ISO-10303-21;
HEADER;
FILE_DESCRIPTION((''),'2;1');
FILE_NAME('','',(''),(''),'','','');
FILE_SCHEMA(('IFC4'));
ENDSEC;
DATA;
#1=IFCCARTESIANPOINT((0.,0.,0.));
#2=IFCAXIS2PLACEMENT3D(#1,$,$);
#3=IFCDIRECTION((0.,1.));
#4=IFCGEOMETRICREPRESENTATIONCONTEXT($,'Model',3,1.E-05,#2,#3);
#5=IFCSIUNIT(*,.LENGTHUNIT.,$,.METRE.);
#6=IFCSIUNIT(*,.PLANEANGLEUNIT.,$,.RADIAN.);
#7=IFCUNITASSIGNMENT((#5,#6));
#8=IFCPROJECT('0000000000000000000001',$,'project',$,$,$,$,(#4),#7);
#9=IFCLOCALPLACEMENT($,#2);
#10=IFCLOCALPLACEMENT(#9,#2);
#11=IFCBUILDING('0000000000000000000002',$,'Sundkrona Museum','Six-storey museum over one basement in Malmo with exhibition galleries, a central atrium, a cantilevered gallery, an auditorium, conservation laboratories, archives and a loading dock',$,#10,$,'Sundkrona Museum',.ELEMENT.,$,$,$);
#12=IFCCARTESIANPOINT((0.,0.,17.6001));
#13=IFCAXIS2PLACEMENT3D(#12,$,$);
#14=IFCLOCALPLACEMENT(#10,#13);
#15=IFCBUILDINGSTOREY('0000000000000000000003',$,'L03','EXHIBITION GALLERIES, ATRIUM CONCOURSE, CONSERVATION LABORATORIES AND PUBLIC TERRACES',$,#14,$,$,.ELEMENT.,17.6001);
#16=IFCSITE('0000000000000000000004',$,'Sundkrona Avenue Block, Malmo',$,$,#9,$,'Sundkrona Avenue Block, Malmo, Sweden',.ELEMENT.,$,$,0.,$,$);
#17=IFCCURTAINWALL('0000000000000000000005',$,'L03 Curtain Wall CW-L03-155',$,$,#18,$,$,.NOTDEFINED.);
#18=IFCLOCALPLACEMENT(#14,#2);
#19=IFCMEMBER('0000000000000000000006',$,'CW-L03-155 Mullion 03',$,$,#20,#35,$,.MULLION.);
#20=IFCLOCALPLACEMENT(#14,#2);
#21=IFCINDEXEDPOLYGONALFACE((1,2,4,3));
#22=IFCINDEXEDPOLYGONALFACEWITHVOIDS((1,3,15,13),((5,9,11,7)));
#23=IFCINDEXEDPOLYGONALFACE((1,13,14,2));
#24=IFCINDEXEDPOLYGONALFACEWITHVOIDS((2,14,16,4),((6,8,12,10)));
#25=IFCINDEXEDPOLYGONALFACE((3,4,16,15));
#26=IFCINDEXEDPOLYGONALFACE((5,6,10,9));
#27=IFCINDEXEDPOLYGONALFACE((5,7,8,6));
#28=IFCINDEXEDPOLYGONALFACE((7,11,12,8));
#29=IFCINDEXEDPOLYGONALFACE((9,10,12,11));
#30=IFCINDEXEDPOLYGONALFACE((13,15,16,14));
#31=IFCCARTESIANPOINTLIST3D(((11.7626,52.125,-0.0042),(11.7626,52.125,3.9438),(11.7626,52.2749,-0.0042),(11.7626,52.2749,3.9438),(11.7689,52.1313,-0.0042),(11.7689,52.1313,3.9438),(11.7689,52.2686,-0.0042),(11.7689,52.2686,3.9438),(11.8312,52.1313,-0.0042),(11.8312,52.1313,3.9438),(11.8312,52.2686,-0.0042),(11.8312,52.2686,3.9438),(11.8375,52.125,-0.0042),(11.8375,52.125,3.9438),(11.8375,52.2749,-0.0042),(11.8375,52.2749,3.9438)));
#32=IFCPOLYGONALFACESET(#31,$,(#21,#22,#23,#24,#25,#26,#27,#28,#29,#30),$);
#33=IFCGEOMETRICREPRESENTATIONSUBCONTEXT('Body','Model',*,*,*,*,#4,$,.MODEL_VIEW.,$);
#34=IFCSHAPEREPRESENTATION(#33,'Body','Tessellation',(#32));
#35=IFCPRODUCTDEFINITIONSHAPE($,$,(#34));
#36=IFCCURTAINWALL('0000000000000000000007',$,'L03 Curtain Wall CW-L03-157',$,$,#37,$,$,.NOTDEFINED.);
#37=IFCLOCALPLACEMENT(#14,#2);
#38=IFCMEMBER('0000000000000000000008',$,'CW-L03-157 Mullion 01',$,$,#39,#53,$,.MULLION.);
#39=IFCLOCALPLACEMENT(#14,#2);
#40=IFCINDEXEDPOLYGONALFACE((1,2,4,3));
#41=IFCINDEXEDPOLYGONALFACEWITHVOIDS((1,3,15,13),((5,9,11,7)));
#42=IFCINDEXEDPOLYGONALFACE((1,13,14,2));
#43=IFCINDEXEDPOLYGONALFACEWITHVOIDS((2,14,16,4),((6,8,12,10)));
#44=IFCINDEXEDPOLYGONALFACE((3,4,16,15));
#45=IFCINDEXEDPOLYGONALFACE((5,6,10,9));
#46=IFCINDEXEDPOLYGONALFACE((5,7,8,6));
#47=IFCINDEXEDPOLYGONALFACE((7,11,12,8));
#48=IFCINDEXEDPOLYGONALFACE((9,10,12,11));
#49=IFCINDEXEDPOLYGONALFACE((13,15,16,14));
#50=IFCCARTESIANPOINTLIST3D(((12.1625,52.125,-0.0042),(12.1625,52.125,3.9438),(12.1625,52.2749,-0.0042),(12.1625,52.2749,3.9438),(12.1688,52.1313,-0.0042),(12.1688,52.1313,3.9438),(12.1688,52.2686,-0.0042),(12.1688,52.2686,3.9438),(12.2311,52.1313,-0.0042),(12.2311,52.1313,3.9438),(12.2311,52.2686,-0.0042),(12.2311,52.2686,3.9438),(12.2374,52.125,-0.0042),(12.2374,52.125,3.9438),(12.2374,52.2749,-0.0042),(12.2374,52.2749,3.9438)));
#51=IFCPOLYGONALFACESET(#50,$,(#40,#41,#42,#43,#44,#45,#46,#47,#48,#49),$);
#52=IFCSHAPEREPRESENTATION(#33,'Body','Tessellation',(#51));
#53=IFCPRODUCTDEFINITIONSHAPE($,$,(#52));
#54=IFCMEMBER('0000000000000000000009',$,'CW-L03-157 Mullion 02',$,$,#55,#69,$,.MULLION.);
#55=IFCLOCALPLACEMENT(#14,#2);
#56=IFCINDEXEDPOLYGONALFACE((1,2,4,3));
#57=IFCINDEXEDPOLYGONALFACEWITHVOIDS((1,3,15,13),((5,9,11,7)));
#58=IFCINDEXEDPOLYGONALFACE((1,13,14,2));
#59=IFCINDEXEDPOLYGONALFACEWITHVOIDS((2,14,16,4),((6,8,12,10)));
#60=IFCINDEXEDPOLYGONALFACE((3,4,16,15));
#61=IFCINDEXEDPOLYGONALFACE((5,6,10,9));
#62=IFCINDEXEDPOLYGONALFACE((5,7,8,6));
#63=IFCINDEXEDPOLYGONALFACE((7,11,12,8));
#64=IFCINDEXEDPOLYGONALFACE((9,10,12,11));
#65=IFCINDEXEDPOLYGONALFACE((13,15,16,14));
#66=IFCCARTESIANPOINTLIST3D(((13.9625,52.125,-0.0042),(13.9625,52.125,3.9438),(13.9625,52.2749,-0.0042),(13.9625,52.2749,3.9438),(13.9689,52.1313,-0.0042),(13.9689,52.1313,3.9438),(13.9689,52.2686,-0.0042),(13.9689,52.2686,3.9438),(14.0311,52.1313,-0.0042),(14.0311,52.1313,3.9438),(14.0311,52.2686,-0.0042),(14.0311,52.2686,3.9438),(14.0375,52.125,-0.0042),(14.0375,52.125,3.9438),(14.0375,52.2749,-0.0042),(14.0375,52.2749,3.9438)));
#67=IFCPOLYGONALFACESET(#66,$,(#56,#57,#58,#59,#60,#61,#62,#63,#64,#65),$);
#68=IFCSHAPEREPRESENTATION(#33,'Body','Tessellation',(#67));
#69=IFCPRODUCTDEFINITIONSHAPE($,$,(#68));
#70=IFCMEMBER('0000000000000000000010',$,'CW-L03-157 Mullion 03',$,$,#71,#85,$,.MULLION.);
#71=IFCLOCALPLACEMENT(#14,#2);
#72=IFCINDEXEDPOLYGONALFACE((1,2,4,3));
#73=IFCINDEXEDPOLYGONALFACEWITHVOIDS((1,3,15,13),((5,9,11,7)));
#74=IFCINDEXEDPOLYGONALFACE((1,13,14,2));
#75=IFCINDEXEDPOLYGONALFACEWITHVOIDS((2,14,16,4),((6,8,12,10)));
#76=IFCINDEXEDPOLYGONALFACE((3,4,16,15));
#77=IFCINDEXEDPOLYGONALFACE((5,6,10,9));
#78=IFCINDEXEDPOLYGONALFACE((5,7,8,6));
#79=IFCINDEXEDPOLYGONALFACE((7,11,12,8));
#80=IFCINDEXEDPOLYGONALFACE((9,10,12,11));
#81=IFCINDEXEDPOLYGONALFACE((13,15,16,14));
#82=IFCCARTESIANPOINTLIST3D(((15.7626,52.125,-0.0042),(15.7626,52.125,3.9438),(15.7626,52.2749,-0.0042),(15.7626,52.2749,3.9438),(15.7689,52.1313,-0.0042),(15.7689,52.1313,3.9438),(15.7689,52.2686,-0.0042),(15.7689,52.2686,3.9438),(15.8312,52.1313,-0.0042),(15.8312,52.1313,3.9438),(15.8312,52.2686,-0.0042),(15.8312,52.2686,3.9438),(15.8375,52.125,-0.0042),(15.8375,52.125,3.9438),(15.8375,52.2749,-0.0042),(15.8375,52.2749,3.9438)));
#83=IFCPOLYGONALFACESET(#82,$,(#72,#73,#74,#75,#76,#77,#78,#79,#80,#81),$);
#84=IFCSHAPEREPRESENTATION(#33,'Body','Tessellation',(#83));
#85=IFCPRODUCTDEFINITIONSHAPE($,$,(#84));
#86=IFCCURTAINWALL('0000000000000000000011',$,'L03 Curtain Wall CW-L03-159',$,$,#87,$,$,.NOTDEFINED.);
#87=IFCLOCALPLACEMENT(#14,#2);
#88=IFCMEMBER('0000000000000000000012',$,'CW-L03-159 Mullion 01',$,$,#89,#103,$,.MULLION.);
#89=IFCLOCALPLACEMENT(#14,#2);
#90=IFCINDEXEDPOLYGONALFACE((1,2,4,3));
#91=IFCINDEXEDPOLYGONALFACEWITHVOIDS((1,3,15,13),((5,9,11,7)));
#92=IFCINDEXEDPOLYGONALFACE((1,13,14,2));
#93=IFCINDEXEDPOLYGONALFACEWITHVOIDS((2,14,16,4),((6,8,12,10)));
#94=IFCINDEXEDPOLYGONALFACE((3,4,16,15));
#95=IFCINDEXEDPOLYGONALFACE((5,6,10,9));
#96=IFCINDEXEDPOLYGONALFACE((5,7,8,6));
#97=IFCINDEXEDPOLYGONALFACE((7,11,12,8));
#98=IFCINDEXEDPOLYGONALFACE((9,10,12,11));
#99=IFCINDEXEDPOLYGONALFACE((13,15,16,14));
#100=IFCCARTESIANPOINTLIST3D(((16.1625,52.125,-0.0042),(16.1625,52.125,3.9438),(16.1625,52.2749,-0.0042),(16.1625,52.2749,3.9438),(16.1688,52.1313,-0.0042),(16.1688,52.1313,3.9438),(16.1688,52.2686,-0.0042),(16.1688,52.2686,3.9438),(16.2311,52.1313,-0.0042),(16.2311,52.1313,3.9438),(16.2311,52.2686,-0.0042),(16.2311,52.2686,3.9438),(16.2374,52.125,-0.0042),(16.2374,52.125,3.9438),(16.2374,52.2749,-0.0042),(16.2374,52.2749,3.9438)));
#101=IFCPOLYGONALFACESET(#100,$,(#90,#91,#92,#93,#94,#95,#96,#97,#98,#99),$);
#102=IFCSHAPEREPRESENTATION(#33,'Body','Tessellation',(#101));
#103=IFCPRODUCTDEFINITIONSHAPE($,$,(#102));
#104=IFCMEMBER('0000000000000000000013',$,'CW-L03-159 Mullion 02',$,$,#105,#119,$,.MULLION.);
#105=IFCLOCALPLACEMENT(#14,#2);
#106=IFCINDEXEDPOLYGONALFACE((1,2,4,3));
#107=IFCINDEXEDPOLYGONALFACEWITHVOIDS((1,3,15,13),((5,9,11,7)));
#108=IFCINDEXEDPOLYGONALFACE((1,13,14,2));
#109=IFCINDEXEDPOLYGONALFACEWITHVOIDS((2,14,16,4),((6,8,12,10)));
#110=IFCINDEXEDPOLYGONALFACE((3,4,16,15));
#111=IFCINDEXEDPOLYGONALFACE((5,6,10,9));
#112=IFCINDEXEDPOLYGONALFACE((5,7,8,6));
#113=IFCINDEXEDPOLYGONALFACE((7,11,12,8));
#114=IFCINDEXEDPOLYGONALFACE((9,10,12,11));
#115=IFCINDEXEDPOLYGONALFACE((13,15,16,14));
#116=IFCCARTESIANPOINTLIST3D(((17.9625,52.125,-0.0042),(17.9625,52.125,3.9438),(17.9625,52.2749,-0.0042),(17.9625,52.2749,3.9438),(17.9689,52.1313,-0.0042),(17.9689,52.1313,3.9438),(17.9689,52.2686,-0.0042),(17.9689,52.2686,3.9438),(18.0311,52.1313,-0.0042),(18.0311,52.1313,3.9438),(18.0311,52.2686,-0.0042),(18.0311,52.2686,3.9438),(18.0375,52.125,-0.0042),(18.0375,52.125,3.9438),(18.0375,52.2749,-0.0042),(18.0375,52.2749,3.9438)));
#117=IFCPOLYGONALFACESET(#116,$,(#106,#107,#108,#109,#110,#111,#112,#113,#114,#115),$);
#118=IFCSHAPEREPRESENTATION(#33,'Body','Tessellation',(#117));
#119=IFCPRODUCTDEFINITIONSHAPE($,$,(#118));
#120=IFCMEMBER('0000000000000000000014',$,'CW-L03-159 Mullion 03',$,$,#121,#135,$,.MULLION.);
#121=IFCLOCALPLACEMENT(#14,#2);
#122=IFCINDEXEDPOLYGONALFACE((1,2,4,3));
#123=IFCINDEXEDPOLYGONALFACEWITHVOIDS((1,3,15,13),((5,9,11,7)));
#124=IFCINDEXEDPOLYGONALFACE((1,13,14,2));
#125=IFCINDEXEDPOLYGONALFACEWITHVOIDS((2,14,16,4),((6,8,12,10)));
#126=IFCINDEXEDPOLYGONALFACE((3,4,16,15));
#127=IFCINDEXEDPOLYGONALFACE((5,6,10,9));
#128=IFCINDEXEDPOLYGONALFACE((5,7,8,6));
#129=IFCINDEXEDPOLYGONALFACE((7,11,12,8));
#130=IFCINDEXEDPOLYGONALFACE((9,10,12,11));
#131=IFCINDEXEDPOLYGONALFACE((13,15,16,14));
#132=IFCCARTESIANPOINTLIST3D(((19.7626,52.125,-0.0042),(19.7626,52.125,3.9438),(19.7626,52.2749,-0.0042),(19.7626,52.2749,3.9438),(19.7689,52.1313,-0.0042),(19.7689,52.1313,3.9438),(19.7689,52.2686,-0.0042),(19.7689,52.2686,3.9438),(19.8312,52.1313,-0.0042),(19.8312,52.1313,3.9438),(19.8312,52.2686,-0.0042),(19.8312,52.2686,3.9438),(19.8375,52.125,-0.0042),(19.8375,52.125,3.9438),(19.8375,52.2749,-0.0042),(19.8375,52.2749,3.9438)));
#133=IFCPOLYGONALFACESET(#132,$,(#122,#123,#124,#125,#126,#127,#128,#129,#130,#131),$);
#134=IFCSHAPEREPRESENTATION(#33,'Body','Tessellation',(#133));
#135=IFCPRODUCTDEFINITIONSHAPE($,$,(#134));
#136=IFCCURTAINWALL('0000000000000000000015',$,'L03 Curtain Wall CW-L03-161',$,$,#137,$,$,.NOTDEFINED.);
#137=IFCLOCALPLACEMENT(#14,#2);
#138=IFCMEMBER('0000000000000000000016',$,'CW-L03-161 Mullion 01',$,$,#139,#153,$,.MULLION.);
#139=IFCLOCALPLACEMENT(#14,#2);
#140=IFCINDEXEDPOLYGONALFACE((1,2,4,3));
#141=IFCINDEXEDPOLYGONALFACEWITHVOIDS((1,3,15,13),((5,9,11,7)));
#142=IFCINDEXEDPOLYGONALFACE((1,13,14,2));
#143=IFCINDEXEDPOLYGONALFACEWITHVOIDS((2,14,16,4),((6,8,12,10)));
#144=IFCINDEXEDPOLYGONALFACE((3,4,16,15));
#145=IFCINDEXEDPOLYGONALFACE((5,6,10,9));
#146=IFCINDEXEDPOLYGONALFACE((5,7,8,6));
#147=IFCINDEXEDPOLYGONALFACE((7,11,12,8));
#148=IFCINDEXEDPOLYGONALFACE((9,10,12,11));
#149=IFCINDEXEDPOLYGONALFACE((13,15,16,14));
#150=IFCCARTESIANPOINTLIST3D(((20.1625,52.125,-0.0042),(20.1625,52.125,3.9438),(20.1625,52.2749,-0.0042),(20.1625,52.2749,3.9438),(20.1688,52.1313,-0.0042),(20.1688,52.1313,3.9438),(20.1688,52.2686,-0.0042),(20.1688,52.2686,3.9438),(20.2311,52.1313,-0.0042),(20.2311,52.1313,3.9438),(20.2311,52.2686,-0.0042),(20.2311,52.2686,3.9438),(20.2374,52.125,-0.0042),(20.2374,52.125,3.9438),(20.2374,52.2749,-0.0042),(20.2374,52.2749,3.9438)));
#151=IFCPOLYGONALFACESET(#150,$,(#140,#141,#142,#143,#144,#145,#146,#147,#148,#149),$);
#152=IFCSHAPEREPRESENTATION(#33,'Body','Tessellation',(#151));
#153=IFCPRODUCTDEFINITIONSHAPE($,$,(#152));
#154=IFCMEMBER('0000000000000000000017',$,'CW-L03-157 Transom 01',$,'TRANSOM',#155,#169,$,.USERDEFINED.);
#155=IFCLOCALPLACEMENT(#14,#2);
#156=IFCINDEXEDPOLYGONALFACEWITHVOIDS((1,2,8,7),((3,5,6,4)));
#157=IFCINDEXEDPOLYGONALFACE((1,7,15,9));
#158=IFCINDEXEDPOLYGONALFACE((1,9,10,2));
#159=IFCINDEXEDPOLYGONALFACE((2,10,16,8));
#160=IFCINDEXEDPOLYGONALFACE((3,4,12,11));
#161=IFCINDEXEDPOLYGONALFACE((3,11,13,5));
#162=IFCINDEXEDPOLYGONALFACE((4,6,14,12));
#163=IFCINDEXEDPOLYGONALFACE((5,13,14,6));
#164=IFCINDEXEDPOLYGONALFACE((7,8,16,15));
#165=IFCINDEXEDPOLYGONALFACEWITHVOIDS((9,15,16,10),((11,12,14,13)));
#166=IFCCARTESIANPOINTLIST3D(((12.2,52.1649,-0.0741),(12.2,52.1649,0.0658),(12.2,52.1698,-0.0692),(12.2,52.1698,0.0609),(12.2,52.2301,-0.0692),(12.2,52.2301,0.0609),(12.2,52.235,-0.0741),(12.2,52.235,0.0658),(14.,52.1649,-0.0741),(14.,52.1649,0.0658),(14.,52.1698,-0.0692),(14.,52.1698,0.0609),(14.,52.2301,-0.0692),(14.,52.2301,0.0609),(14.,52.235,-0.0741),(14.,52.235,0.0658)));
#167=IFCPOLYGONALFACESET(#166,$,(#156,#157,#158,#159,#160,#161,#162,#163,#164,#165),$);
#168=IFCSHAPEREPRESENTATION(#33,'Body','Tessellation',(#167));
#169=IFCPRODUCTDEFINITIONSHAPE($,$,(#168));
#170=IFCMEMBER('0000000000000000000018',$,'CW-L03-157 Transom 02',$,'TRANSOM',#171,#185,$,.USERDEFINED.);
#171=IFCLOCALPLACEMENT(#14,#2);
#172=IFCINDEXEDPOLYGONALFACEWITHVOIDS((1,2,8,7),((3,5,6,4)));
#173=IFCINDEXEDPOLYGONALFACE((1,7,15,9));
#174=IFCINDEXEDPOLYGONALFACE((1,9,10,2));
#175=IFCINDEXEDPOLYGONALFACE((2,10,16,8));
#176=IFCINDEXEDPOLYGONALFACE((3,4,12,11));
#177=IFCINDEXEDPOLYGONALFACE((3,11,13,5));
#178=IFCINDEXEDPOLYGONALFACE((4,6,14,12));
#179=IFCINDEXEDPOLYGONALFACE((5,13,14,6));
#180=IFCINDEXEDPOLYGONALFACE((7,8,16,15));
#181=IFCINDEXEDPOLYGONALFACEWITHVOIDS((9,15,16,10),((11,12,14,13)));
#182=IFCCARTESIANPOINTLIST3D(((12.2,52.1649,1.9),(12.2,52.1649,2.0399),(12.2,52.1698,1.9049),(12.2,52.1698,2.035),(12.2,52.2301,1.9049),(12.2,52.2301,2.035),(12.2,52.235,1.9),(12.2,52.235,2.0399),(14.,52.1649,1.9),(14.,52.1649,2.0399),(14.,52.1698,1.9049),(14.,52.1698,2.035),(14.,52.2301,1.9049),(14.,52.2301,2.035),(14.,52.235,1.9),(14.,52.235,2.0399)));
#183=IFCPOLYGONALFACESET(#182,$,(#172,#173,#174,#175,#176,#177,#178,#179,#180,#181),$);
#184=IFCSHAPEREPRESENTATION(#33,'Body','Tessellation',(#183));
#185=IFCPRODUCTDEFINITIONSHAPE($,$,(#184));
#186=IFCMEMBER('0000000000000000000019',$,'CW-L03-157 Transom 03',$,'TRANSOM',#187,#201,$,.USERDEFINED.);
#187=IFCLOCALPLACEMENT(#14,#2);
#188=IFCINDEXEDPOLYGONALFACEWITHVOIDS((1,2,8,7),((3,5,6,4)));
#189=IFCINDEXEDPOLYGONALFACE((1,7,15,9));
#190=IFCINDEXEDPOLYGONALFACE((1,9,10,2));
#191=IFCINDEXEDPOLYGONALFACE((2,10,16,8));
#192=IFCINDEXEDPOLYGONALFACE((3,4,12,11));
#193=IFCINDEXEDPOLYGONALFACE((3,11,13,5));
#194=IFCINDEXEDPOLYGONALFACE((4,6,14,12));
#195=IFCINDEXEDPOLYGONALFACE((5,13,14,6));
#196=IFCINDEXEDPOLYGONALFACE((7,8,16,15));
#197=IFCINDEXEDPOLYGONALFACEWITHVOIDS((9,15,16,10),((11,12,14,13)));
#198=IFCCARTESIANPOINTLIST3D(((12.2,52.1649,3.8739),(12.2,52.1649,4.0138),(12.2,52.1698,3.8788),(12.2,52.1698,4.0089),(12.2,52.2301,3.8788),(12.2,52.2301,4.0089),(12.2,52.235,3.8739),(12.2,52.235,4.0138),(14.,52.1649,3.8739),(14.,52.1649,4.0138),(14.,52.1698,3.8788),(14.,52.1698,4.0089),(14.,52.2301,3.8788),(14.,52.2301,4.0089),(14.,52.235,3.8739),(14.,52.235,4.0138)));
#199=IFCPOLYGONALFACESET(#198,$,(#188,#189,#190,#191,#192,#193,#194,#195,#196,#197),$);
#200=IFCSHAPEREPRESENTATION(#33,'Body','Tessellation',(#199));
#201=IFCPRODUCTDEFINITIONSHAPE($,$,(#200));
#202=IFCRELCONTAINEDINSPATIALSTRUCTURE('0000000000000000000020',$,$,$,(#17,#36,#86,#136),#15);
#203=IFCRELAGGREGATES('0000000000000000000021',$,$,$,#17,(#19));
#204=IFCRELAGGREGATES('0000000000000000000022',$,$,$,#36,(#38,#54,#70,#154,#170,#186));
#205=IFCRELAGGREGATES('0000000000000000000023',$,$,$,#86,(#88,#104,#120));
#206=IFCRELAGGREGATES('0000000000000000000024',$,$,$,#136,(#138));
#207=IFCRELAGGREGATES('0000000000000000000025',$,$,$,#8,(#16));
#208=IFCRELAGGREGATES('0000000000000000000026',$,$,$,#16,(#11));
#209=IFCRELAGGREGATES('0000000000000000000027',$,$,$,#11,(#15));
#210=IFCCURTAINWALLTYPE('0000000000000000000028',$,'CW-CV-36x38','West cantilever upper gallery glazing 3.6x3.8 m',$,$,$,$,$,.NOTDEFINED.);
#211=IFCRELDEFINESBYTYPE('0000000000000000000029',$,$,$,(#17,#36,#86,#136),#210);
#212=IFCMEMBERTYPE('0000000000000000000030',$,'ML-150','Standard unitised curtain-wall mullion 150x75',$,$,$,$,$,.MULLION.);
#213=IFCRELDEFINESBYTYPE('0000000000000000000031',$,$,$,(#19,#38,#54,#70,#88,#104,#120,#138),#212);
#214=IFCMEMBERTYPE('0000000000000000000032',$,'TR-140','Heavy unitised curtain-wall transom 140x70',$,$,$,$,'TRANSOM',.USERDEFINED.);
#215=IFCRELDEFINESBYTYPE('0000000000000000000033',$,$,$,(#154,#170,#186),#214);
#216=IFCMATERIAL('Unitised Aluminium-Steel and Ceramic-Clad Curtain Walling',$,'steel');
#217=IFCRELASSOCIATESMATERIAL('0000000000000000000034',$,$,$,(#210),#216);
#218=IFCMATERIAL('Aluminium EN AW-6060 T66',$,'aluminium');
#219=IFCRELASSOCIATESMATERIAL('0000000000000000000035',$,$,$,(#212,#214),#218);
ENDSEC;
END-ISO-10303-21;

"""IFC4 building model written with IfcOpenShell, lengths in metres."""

from ifc_helpers import new_model, si_unit, direction, frame, origin, origin_2d, place, context, subcontext, project, spatial, hollow_rectangle, extrude, material, material_profile, profile_set, type_object, element, aggregate, save


model = new_model("IFC4")

# Units and contexts
model_context = context("Model", 3, precision=1e-05, world=origin(), true_north=direction((0.0, 1.0)))
body_context = subcontext(model_context, "Body", "Model", "MODEL_VIEW")
ifc_project = project(units=[si_unit("LENGTHUNIT", "METRE"), si_unit("PLANEANGLEUNIT", "RADIAN")], contexts=[model_context])

# Site, building, storey
site_placement = place(None, origin())
site = spatial("IfcSite", under=ifc_project, at=site_placement, Name="Sundkrona Avenue Block, Malmo", LongName="Sundkrona Avenue Block, Malmo, Sweden", CompositionType="ELEMENT", RefElevation=0.0)
building_placement = place(site_placement, origin())
building = spatial("IfcBuilding", under=site, at=building_placement, Name="Sundkrona Museum", Description="Six-storey museum over one basement in Malmo with exhibition galleries, a central atrium, a cantilevered gallery, an auditorium, conservation laboratories, archives and a loading dock", LongName="Sundkrona Museum", CompositionType="ELEMENT")
storey_placement = place(building_placement, frame((0.0, 0.0, 17.6001)))
storey = spatial("IfcBuildingStorey", under=building, at=storey_placement, Name="L03", Description="EXHIBITION GALLERIES, ATRIUM CONCOURSE, CONSERVATION LABORATORIES AND PUBLIC TERRACES", CompositionType="ELEMENT", Elevation=17.6001)

# Curtain wall, member
ifc_material_1 = material(Name="Unitised Aluminium-Steel and Ceramic-Clad Curtain Walling", Category="steel")
curtain_wall_type = type_object("IfcCurtainWallType", Name="CW-CV-36x38", Description="West cantilever upper gallery glazing 3.6x3.8 m", PredefinedType="NOTDEFINED", material=ifc_material_1)
curtain_wall_1_placement = place(storey_placement, origin())
curtain_wall_1 = element("IfcCurtainWall", 1, at=curtain_wall_1_placement, inside=storey, type_object=curtain_wall_type, Name="L03 Curtain Wall CW-L03-155", PredefinedType="NOTDEFINED")
ifc_material_2 = material(Name="Aluminium EN AW-6060 T66", Category="aluminium")
ifc_material_profile_1 = material_profile(ifc_material_2, hollow_rectangle(XDim=0.075, YDim=0.1499, WallThickness=0.0063, at=origin_2d()), Name="RHS 150x75x6.3")
ifc_profile_set_1 = profile_set([ifc_material_profile_1], Name="Aluminium EN AW-6060 T66")
member_type_1 = type_object("IfcMemberType", Name="ML-150", Description="Standard unitised curtain-wall mullion 150x75", PredefinedType="MULLION", material=ifc_profile_set_1)
member_1_placement = place(storey_placement, frame((11.8, 52.2, -0.0042), z_axis=(0.0, 0.0, 1.0), x_axis=(1.0, 0.0, 0.0)))
member_1 = element("IfcMember", 2, at=member_1_placement, type_object=member_type_1, Name="CW-L03-155 Mullion 03", PredefinedType="MULLION", context=body_context, shape_type="SweptSolid", body=[
    extrude(hollow_rectangle(XDim=0.075, YDim=0.1499, WallThickness=0.0063, at=origin_2d()), origin(), (0.0, 0.0, 1.0), 3.948),
])

# Curtain walls, members
curtain_wall_2_placement = place(storey_placement, origin())
curtain_wall_2 = element("IfcCurtainWall", 3, at=curtain_wall_2_placement, inside=storey, type_object=curtain_wall_type, Name="L03 Curtain Wall CW-L03-157", PredefinedType="NOTDEFINED")
member_2_placement = place(storey_placement, frame((12.2, 52.2, -0.0042), z_axis=(0.0, 0.0, 1.0), x_axis=(1.0, 0.0, 0.0)))
member_2 = element("IfcMember", 4, at=member_2_placement, type_object=member_type_1, Name="CW-L03-157 Mullion 01", PredefinedType="MULLION", context=body_context, shape_type="SweptSolid", body=[
    extrude(hollow_rectangle(XDim=0.075, YDim=0.1499, WallThickness=0.0063, at=origin_2d()), origin(), (0.0, 0.0, 1.0), 3.948),
])
member_3_placement = place(storey_placement, frame((14.0, 52.2, -0.0042), z_axis=(0.0, 0.0, 1.0), x_axis=(1.0, 0.0, 0.0)))
member_3 = element("IfcMember", 5, at=member_3_placement, type_object=member_type_1, Name="CW-L03-157 Mullion 02", PredefinedType="MULLION", context=body_context, shape_type="SweptSolid", body=[
    extrude(hollow_rectangle(XDim=0.075, YDim=0.1499, WallThickness=0.0063, at=origin_2d()), origin(), (0.0, 0.0, 1.0), 3.948),
])
member_4_placement = place(storey_placement, frame((15.8, 52.2, -0.0042), z_axis=(0.0, 0.0, 1.0), x_axis=(1.0, 0.0, 0.0)))
member_4 = element("IfcMember", 6, at=member_4_placement, type_object=member_type_1, Name="CW-L03-157 Mullion 03", PredefinedType="MULLION", context=body_context, shape_type="SweptSolid", body=[
    extrude(hollow_rectangle(XDim=0.075, YDim=0.1499, WallThickness=0.0063, at=origin_2d()), origin(), (0.0, 0.0, 1.0), 3.948),
])
curtain_wall_3_placement = place(storey_placement, origin())
curtain_wall_3 = element("IfcCurtainWall", 7, at=curtain_wall_3_placement, inside=storey, type_object=curtain_wall_type, Name="L03 Curtain Wall CW-L03-159", PredefinedType="NOTDEFINED")
member_5_placement = place(storey_placement, frame((16.2, 52.2, -0.0042), z_axis=(0.0, 0.0, 1.0), x_axis=(1.0, 0.0, 0.0)))
member_5 = element("IfcMember", 8, at=member_5_placement, type_object=member_type_1, Name="CW-L03-159 Mullion 01", PredefinedType="MULLION", context=body_context, shape_type="SweptSolid", body=[
    extrude(hollow_rectangle(XDim=0.075, YDim=0.1499, WallThickness=0.0063, at=origin_2d()), origin(), (0.0, 0.0, 1.0), 3.948),
])
member_6_placement = place(storey_placement, frame((18.0, 52.2, -0.0042), z_axis=(0.0, 0.0, 1.0), x_axis=(1.0, 0.0, 0.0)))
member_6 = element("IfcMember", 9, at=member_6_placement, type_object=member_type_1, Name="CW-L03-159 Mullion 02", PredefinedType="MULLION", context=body_context, shape_type="SweptSolid", body=[
    extrude(hollow_rectangle(XDim=0.075, YDim=0.1499, WallThickness=0.0063, at=origin_2d()), origin(), (0.0, 0.0, 1.0), 3.948),
])
member_7_placement = place(storey_placement, frame((19.8, 52.2, -0.0042), z_axis=(0.0, 0.0, 1.0), x_axis=(1.0, 0.0, 0.0)))
member_7 = element("IfcMember", 10, at=member_7_placement, type_object=member_type_1, Name="CW-L03-159 Mullion 03", PredefinedType="MULLION", context=body_context, shape_type="SweptSolid", body=[
    extrude(hollow_rectangle(XDim=0.075, YDim=0.1499, WallThickness=0.0063, at=origin_2d()), origin(), (0.0, 0.0, 1.0), 3.948),
])

# Curtain wall, member
curtain_wall_4_placement = place(storey_placement, origin())
curtain_wall_4 = element("IfcCurtainWall", 11, at=curtain_wall_4_placement, inside=storey, type_object=curtain_wall_type, Name="L03 Curtain Wall CW-L03-161", PredefinedType="NOTDEFINED")
member_8_placement = place(storey_placement, frame((20.2, 52.2, -0.0042), z_axis=(0.0, 0.0, 1.0), x_axis=(1.0, 0.0, 0.0)))
member_8 = element("IfcMember", 12, at=member_8_placement, type_object=member_type_1, Name="CW-L03-161 Mullion 01", PredefinedType="MULLION", context=body_context, shape_type="SweptSolid", body=[
    extrude(hollow_rectangle(XDim=0.075, YDim=0.1499, WallThickness=0.0063, at=origin_2d()), origin(), (0.0, 0.0, 1.0), 3.948),
])

# Members
ifc_material_profile_2 = material_profile(ifc_material_2, hollow_rectangle(XDim=0.0701, YDim=0.1399, WallThickness=0.0049, at=origin_2d()), Name="RHS 140x70x5.0")
ifc_profile_set_2 = profile_set([ifc_material_profile_2], Name="Aluminium EN AW-6060 T66")
member_type_2 = type_object("IfcMemberType", Name="TR-140", Description="Heavy unitised curtain-wall transom 140x70", ElementType="TRANSOM", PredefinedType="USERDEFINED", material=ifc_profile_set_2)
member_9_placement = place(storey_placement, frame((12.2, 52.2, -0.0042), z_axis=(1.0, 0.0, 0.0), x_axis=(0.0, 1.0, 0.0)))
member_9 = element("IfcMember", 13, at=member_9_placement, type_object=member_type_2, Name="CW-L03-157 Transom 01", ObjectType="TRANSOM", PredefinedType="USERDEFINED", context=body_context, shape_type="SweptSolid", body=[
    extrude(hollow_rectangle(XDim=0.0701, YDim=0.1399, WallThickness=0.0049, at=origin_2d()), origin(), (0.0, 0.0, 1.0), 1.8),
])
member_10_placement = place(storey_placement, frame((12.2, 52.2, 1.97), z_axis=(1.0, 0.0, 0.0), x_axis=(0.0, 1.0, 0.0)))
member_10 = element("IfcMember", 14, at=member_10_placement, type_object=member_type_2, Name="CW-L03-157 Transom 02", ObjectType="TRANSOM", PredefinedType="USERDEFINED", context=body_context, shape_type="SweptSolid", body=[
    extrude(hollow_rectangle(XDim=0.0701, YDim=0.1399, WallThickness=0.0049, at=origin_2d()), origin(), (0.0, 0.0, 1.0), 1.8),
])
member_11_placement = place(storey_placement, frame((12.2, 52.2, 3.9438), z_axis=(1.0, 0.0, 0.0), x_axis=(0.0, 1.0, 0.0)))
member_11 = element("IfcMember", 15, at=member_11_placement, type_object=member_type_2, Name="CW-L03-157 Transom 03", ObjectType="TRANSOM", PredefinedType="USERDEFINED", context=body_context, shape_type="SweptSolid", body=[
    extrude(hollow_rectangle(XDim=0.0701, YDim=0.1399, WallThickness=0.0049, at=origin_2d()), origin(), (0.0, 0.0, 1.0), 1.8),
])

aggregate(curtain_wall_1, [member_1])
aggregate(curtain_wall_2, [member_2, member_3, member_4, member_9, member_10, member_11])
aggregate(curtain_wall_3, [member_5, member_6, member_7])
aggregate(curtain_wall_4, [member_8])

save(model, "model.ifc")
